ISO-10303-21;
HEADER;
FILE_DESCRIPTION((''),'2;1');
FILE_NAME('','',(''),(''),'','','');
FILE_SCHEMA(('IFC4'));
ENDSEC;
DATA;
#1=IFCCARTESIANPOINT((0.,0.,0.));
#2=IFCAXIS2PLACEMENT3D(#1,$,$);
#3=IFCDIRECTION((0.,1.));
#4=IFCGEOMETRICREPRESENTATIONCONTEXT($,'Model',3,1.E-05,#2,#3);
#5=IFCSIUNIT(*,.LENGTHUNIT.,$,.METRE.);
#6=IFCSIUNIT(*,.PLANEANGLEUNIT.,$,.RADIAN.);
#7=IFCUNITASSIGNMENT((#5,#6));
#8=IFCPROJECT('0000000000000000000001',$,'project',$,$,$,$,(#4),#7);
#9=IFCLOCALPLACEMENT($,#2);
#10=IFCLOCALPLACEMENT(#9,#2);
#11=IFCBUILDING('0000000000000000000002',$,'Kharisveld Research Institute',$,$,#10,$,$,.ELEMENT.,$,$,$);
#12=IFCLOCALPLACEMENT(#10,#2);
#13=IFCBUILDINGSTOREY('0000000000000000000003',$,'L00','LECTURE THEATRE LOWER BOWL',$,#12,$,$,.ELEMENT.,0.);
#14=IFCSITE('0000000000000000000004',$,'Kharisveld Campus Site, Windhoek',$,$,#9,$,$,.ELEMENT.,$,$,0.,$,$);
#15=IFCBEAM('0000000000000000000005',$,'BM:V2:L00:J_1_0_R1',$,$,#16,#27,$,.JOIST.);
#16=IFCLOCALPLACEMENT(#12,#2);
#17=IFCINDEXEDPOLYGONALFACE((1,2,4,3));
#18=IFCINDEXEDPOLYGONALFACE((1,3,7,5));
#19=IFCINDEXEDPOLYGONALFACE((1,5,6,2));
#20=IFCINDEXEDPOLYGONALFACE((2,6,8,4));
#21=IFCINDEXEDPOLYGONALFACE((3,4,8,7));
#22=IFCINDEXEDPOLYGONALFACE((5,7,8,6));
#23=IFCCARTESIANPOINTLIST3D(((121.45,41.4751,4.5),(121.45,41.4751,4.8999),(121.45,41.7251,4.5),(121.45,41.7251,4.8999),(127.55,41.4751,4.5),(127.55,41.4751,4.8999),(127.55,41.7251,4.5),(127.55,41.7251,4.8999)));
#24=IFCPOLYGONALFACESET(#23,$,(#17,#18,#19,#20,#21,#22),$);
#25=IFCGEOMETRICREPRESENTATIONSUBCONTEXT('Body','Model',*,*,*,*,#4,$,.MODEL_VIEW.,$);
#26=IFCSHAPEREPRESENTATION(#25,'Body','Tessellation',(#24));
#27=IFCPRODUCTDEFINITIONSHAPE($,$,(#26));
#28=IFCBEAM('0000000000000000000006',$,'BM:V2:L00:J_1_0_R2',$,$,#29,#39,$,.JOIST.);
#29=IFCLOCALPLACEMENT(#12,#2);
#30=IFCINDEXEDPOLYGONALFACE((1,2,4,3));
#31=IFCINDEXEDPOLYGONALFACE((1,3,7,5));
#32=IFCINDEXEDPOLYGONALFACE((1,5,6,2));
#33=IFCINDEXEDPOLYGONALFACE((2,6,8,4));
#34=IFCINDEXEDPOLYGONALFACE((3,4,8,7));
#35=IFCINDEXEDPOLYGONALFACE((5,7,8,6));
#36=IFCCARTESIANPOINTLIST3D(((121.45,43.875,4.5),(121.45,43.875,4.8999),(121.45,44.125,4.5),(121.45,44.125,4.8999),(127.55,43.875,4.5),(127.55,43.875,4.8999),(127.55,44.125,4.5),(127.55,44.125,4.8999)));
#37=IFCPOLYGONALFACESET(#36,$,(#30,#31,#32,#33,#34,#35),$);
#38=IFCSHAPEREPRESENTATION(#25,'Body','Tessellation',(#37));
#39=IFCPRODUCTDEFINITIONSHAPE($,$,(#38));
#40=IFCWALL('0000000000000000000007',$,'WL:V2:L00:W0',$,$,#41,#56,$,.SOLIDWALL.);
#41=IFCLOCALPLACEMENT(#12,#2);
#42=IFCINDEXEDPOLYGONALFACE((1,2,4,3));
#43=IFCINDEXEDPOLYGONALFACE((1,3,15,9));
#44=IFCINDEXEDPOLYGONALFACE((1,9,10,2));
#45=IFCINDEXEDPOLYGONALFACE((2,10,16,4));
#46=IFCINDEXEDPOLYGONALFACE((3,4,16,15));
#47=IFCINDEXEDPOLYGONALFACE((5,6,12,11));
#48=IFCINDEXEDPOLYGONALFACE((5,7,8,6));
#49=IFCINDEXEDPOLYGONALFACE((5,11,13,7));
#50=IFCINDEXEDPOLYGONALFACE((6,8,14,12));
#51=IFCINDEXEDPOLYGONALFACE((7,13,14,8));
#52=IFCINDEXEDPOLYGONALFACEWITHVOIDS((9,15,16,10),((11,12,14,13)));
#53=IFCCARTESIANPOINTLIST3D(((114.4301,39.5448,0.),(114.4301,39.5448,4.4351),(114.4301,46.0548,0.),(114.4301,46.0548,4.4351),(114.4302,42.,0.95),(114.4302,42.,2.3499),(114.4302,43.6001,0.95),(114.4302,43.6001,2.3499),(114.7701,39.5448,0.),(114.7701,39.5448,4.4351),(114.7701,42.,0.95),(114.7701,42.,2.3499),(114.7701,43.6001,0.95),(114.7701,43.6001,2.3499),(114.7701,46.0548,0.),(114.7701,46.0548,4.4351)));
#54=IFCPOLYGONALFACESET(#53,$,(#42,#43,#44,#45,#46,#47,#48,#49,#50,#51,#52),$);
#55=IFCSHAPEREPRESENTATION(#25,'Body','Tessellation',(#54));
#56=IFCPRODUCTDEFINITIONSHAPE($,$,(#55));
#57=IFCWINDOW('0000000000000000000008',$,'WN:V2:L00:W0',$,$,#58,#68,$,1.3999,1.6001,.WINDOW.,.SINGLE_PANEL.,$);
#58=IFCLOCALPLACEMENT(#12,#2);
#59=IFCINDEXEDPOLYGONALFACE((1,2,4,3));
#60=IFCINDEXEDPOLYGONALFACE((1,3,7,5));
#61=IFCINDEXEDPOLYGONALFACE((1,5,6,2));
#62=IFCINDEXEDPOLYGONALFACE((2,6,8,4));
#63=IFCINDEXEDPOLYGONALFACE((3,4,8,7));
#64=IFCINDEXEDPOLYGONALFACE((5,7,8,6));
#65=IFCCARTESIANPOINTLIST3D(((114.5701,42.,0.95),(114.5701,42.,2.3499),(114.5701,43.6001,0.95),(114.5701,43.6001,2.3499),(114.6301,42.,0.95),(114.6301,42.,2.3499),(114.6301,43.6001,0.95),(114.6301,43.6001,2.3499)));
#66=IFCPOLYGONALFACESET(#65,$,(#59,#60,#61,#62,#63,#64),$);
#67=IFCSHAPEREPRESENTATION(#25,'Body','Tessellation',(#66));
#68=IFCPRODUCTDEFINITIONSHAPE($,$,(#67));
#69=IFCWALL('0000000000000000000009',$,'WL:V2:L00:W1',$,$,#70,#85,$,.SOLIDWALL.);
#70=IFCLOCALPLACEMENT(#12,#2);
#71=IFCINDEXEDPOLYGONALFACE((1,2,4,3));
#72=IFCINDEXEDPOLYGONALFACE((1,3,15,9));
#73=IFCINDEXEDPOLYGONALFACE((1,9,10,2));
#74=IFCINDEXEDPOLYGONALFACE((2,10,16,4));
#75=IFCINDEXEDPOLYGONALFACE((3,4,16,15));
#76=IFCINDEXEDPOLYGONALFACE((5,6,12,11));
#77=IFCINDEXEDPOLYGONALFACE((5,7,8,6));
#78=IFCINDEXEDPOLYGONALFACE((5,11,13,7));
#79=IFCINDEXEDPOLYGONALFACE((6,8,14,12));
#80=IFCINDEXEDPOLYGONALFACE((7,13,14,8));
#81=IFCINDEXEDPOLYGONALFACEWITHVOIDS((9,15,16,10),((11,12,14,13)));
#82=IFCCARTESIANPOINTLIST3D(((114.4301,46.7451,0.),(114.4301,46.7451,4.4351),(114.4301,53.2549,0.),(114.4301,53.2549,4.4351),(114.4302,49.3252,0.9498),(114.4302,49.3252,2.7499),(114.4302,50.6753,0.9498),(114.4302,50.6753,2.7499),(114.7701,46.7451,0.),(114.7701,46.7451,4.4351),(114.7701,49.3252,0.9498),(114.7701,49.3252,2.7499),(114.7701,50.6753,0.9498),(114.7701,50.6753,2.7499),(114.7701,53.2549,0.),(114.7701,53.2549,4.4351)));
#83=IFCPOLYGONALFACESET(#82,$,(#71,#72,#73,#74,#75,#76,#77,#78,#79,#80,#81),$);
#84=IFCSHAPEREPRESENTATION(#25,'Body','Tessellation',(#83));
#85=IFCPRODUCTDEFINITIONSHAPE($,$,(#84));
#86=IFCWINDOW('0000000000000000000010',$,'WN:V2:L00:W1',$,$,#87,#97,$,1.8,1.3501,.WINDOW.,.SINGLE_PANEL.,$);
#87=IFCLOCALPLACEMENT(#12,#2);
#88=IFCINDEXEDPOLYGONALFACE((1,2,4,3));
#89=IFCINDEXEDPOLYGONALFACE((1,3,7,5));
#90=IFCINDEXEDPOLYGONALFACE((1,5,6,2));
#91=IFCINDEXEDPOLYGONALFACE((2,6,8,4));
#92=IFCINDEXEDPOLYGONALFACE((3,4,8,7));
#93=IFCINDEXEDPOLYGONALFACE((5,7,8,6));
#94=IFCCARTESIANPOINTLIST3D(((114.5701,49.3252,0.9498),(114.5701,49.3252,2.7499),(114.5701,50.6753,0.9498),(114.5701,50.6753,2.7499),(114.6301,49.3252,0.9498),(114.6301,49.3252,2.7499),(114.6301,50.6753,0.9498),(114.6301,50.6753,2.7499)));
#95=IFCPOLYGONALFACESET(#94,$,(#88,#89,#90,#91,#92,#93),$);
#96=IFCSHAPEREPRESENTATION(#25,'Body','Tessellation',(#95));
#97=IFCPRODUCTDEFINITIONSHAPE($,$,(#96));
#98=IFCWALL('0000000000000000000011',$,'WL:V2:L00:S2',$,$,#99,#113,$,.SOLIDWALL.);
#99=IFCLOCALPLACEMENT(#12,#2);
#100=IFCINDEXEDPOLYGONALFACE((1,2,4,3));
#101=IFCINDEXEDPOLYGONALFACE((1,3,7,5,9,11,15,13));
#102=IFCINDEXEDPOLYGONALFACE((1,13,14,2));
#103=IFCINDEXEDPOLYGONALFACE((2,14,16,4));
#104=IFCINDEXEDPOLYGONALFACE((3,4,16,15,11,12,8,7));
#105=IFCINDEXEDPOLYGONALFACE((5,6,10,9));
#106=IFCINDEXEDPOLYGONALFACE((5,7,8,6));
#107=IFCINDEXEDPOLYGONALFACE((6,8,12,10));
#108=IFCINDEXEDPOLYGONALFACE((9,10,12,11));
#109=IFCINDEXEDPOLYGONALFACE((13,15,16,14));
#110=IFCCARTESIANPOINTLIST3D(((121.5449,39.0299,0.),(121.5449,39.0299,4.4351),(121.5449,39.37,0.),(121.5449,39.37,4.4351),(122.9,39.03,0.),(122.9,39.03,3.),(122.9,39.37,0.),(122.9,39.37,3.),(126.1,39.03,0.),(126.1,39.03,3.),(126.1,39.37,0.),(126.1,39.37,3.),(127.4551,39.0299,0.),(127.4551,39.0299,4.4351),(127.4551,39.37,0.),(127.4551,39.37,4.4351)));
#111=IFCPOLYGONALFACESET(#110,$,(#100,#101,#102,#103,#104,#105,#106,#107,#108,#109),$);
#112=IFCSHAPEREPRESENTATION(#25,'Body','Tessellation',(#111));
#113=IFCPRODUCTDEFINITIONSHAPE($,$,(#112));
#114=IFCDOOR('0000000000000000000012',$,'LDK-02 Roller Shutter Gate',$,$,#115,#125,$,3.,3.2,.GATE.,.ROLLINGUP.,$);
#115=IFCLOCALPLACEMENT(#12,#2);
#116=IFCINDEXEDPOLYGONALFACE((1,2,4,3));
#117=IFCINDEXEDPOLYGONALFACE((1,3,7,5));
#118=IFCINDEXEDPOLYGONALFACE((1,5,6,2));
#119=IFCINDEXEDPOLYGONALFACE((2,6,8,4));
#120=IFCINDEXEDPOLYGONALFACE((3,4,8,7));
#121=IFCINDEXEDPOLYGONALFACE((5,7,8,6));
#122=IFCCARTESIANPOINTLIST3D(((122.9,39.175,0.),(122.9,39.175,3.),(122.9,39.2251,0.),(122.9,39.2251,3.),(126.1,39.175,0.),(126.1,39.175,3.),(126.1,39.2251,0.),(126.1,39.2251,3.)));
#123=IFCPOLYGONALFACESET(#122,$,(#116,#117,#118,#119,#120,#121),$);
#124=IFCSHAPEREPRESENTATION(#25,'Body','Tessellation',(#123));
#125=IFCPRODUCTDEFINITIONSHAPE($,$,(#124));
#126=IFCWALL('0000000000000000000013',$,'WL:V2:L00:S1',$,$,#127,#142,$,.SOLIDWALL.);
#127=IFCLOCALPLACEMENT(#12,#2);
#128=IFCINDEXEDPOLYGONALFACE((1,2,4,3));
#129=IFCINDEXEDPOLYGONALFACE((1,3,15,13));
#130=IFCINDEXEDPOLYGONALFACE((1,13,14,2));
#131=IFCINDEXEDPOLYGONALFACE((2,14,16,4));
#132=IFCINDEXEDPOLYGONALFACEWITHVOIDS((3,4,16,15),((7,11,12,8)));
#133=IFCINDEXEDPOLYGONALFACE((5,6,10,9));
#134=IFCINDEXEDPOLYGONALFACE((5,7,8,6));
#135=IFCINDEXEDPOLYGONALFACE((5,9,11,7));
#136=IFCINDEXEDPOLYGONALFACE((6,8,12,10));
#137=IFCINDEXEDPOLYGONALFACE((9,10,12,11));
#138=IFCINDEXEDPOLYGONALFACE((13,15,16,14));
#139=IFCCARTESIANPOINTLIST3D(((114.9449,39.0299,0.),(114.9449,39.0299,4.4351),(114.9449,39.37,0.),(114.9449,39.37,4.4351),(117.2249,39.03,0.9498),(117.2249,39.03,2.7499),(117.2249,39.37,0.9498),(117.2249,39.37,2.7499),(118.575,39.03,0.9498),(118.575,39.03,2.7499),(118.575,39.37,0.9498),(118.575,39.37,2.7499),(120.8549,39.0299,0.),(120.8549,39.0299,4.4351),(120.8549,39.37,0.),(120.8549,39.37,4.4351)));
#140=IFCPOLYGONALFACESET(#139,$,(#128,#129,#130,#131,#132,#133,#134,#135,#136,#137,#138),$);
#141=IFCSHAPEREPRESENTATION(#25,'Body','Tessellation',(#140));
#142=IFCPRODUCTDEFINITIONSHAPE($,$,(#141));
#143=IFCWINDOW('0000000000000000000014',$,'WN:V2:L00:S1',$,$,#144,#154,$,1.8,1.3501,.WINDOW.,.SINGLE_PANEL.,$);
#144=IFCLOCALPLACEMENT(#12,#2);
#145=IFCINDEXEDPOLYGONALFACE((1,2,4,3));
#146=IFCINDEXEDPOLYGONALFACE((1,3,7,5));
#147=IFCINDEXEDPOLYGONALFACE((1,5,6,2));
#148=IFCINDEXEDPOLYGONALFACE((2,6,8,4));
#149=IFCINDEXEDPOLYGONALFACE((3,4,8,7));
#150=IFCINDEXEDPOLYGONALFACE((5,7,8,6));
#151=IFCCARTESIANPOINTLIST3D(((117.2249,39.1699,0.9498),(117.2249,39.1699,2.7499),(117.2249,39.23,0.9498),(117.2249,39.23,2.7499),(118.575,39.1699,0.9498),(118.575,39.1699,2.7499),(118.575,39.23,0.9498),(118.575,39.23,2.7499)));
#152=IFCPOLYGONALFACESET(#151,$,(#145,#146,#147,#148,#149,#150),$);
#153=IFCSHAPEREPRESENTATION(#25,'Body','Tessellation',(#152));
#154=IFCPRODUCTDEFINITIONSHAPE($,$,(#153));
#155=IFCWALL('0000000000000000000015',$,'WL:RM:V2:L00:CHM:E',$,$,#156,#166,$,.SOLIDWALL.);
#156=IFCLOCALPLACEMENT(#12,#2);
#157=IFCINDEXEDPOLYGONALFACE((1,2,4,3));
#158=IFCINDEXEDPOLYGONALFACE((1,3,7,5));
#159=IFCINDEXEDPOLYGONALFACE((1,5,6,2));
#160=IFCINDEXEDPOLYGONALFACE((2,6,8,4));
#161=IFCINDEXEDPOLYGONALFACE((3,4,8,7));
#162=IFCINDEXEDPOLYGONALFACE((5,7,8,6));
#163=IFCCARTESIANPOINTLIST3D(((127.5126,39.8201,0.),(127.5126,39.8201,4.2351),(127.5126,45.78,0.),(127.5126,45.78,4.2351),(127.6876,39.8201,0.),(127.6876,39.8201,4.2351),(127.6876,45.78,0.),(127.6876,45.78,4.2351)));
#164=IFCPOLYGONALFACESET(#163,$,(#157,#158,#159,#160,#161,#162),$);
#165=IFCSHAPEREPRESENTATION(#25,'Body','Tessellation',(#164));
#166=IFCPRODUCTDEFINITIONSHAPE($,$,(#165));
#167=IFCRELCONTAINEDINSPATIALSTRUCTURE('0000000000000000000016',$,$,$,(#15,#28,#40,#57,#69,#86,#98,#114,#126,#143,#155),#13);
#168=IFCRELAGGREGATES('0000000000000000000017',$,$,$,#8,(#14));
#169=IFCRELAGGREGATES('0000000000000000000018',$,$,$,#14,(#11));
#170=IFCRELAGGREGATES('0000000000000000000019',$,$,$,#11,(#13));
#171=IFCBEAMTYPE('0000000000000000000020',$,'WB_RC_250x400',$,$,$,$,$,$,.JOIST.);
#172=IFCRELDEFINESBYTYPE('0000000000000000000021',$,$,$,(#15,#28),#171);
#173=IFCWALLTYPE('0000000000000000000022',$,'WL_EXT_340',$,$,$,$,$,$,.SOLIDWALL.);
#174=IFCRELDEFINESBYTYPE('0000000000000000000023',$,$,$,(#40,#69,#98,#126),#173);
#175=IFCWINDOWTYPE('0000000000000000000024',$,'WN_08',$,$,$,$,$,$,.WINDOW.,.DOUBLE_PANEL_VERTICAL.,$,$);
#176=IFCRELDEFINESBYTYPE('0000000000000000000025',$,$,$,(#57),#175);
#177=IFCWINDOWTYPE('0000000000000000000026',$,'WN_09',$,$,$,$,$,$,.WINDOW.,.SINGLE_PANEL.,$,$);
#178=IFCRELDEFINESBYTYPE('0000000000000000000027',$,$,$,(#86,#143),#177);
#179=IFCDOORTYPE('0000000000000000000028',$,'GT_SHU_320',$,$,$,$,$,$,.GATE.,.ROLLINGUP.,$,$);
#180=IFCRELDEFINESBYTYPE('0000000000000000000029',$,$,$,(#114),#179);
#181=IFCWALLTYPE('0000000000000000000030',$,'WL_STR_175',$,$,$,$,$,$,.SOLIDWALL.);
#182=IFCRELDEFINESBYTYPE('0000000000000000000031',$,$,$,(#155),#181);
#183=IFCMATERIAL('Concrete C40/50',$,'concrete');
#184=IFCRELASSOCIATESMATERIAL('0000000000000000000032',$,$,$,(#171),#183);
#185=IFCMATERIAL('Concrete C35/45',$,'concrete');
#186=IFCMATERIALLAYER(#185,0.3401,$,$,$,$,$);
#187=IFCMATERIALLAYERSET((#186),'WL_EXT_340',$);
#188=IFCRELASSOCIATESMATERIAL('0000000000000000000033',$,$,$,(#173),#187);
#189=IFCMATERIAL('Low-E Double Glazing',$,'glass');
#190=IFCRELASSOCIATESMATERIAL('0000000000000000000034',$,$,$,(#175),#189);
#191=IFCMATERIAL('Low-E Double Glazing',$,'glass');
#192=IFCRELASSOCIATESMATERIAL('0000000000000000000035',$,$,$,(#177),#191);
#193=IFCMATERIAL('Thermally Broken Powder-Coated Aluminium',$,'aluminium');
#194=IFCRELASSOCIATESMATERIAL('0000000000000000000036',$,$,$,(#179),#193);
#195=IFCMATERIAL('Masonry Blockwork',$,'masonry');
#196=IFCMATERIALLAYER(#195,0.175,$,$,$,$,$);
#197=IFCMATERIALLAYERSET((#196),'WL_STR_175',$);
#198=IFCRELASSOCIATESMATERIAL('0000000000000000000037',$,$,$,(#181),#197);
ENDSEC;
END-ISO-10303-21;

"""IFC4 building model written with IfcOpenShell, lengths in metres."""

from ifc_helpers import new_model, si_unit, direction, frame, frame_2d, origin, origin_2d, place, context, subcontext, project, spatial, rectangle, extrude, material, layer, layer_set, material_profile, profile_set, type_object, element, fill, save


model = new_model("IFC4")

# Units and contexts
model_context = context("Model", 3, precision=1e-05, world=origin(), true_north=direction((0.0, 1.0)))
body_context = subcontext(model_context, "Body", "Model", "MODEL_VIEW")
ifc_project = project(units=[si_unit("LENGTHUNIT", "METRE"), si_unit("PLANEANGLEUNIT", "RADIAN")], contexts=[model_context])

# Site, building, storey
site_placement = place(None, origin())
site = spatial("IfcSite", under=ifc_project, at=site_placement, Name="Kharisveld Campus Site, Windhoek", CompositionType="ELEMENT", RefElevation=0.0)
building_placement = place(site_placement, origin())
building = spatial("IfcBuilding", under=site, at=building_placement, Name="Kharisveld Research Institute", CompositionType="ELEMENT")
storey_placement = place(building_placement, origin())
storey = spatial("IfcBuildingStorey", under=building, at=storey_placement, Name="L00", Description="LECTURE THEATRE LOWER BOWL", CompositionType="ELEMENT", Elevation=0.0)

# Beams
ifc_material_1 = material(Name="Concrete C40/50", Category="concrete")
ifc_material_profile_1 = material_profile(ifc_material_1, rectangle(XDim=0.25, YDim=0.3999, at=origin_2d()))
ifc_profile_set_1 = profile_set([ifc_material_profile_1], Name="Concrete C40/50")
beam_type_1 = type_object("IfcBeamType", Name="WB_RC_250x400", PredefinedType="JOIST", material=ifc_profile_set_1)
for number, where, z_axis, x_axis, name in (
    (1, (121.45, 41.6001, 4.7), (1.0, 0.0, 0.0), (0.0, 1.0, 0.0), "BM:V2:L00:J_1_0_R1"),
    (2, (121.45, 44.0, 4.7), (1.0, 0.0, 0.0), (0.0, 1.0, 0.0), "BM:V2:L00:J_1_0_R2"),
):
    element("IfcBeam", number, at=place(storey_placement, frame(where, z_axis=z_axis, x_axis=x_axis)), inside=storey, type_object=beam_type_1, Name=name, PredefinedType="JOIST", context=body_context, shape_type="SweptSolid", body=[
        extrude(rectangle(XDim=0.25, YDim=0.3999, at=origin_2d()), origin(), (0.0, 0.0, 1.0), 6.1001),
    ])

# Walls, openings, windows
ifc_material_2 = material(Name="Concrete C35/45", Category="concrete")
ifc_layer_1 = layer(ifc_material_2, 0.3401)
ifc_layer_set_1 = layer_set([ifc_layer_1], Name="WL_EXT_340")
wall_type_1 = type_object("IfcWallType", Name="WL_EXT_340", PredefinedType="SOLIDWALL", material=ifc_layer_set_1)
wall_1_placement = place(storey_placement, frame((114.6001, 39.5449, 0.0), z_axis=(0.0, 0.0, 1.0), x_axis=(0.0, 1.0, 0.0)))
wall_1 = element("IfcWall", 3, at=wall_1_placement, inside=storey, type_object=wall_type_1, Name="WL:V2:L00:W0", PredefinedType="SOLIDWALL", context=body_context, shape_type="SweptSolid", body=[
    extrude(rectangle(XDim=6.51, YDim=0.3401, at=frame_2d((3.2549, 0.0))), origin(), (0.0, 0.0, 1.0), 4.4351),
])
opening_1_placement = place(wall_1_placement, frame((2.4551, 0.0, 0.95)))
opening_1 = element("IfcOpeningElement", 4, at=opening_1_placement, cuts=wall_1, PredefinedType="OPENING", context=body_context, shape_type="SweptSolid", body=[
    extrude(rectangle(XDim=1.6001, YDim=1.3999, at=frame_2d((0.8, 0.7))), frame((0.0, 0.1699, 0.0), z_axis=(0.0, -1.0, 0.0), x_axis=(1.0, 0.0, 0.0)), (0.0, 0.0, 1.0), 0.3401),
])
ifc_material_3 = material(Name="Low-E Double Glazing", Category="glass")
window_type_1 = type_object("IfcWindowType", Name="WN_08", PartitioningType="DOUBLE_PANEL_VERTICAL", PredefinedType="WINDOW", material=ifc_material_3)
window_1_placement = place(opening_1_placement, origin())
window_1 = element("IfcWindow", 5, at=window_1_placement, inside=storey, type_object=window_type_1, Name="WN:V2:L00:W0", OverallHeight=1.3999, OverallWidth=1.6001, PartitioningType="SINGLE_PANEL", PredefinedType="WINDOW", context=body_context, shape_type="SweptSolid", body=[
    extrude(rectangle(XDim=1.6001, YDim=1.3999, at=frame_2d((0.8, 0.7))), frame((0.0, 0.03, 0.0), z_axis=(0.0, -1.0, 0.0), x_axis=(1.0, 0.0, 0.0)), (0.0, 0.0, 1.0), 0.0601),
])
fill(opening_1, window_1)
wall_2_placement = place(storey_placement, frame((114.6001, 46.7451, 0.0), z_axis=(0.0, 0.0, 1.0), x_axis=(0.0, 1.0, 0.0)))
wall_2 = element("IfcWall", 6, at=wall_2_placement, inside=storey, type_object=wall_type_1, Name="WL:V2:L00:W1", PredefinedType="SOLIDWALL", context=body_context, shape_type="SweptSolid", body=[
    extrude(rectangle(XDim=6.5098, YDim=0.3401, at=frame_2d((3.2549, 0.0))), origin(), (0.0, 0.0, 1.0), 4.4351),
])
opening_2_placement = place(wall_2_placement, frame((2.5801, 0.0, 0.95)))
opening_2 = element("IfcOpeningElement", 7, at=opening_2_placement, cuts=wall_2, PredefinedType="OPENING", context=body_context, shape_type="SweptSolid", body=[
    extrude(rectangle(XDim=1.3501, YDim=1.8, at=frame_2d((0.675, 0.8999))), frame((0.0, 0.1699, 0.0), z_axis=(0.0, -1.0, 0.0), x_axis=(1.0, 0.0, 0.0)), (0.0, 0.0, 1.0), 0.3401),
])
ifc_material_4 = material(Name="Low-E Double Glazing", Category="glass")
window_type_2 = type_object("IfcWindowType", Name="WN_09", PartitioningType="SINGLE_PANEL", PredefinedType="WINDOW", material=ifc_material_4)
window_2_placement = place(opening_2_placement, origin())
window_2 = element("IfcWindow", 8, at=window_2_placement, inside=storey, type_object=window_type_2, Name="WN:V2:L00:W1", OverallHeight=1.8, OverallWidth=1.3501, PartitioningType="SINGLE_PANEL", PredefinedType="WINDOW", context=body_context, shape_type="SweptSolid", body=[
    extrude(rectangle(XDim=1.3501, YDim=1.8, at=frame_2d((0.675, 0.8999))), frame((0.0, 0.03, 0.0), z_axis=(0.0, -1.0, 0.0), x_axis=(1.0, 0.0, 0.0)), (0.0, 0.0, 1.0), 0.0601),
])
fill(opening_2, window_2)

# Wall, opening, door
wall_3_placement = place(storey_placement, frame((127.4551, 39.2, 0.0), z_axis=(0.0, 0.0, 1.0), x_axis=(-1.0, 0.0, 0.0)))
wall_3 = element("IfcWall", 9, at=wall_3_placement, inside=storey, type_object=wall_type_1, Name="WL:V2:L00:S2", PredefinedType="SOLIDWALL", context=body_context, shape_type="SweptSolid", body=[
    extrude(rectangle(XDim=5.9102, YDim=0.3401, at=frame_2d((2.9551, 0.0))), origin(), (0.0, 0.0, 1.0), 4.4351),
])
opening_3_placement = place(wall_3_placement, frame((1.355, 0.0, 0.0)))
opening_3 = element("IfcOpeningElement", 10, at=opening_3_placement, cuts=wall_3, PredefinedType="OPENING", context=body_context, shape_type="SweptSolid", body=[
    extrude(rectangle(XDim=3.2, YDim=3.0, at=frame_2d((1.6001, 1.5))), frame((0.0, 0.1699, 0.0), z_axis=(0.0, -1.0, 0.0), x_axis=(1.0, 0.0, 0.0)), (0.0, 0.0, 1.0), 0.3401),
])
ifc_material_5 = material(Name="Thermally Broken Powder-Coated Aluminium", Category="aluminium")
door_type_1 = type_object("IfcDoorType", Name="GT_SHU_320", OperationType="ROLLINGUP", PredefinedType="GATE", material=ifc_material_5)
door_1_placement = place(opening_3_placement, origin())
door_1 = element("IfcDoor", 11, at=door_1_placement, inside=storey, type_object=door_type_1, Name="LDK-02 Roller Shutter Gate", OperationType="ROLLINGUP", OverallHeight=3.0, OverallWidth=3.2, PredefinedType="GATE", context=body_context, shape_type="SweptSolid", body=[
    extrude(rectangle(XDim=3.2, YDim=3.0, at=frame_2d((1.6001, 1.5))), frame((0.0, 0.0249, 0.0), z_axis=(0.0, -1.0, 0.0), x_axis=(1.0, 0.0, 0.0)), (0.0, 0.0, 1.0), 0.05),
])
fill(opening_3, door_1)

# Wall, opening, window
wall_4_placement = place(storey_placement, frame((120.855, 39.2, 0.0), z_axis=(0.0, 0.0, 1.0), x_axis=(-1.0, 0.0, 0.0)))
wall_4 = element("IfcWall", 12, at=wall_4_placement, inside=storey, type_object=wall_type_1, Name="WL:V2:L00:S1", PredefinedType="SOLIDWALL", context=body_context, shape_type="SweptSolid", body=[
    extrude(rectangle(XDim=5.9099, YDim=0.3401, at=frame_2d((2.9551, 0.0))), origin(), (0.0, 0.0, 1.0), 4.4351),
])
opening_4_placement = place(wall_4_placement, frame((2.28, 0.0, 0.95)))
opening_4 = element("IfcOpeningElement", 13, at=opening_4_placement, cuts=wall_4, PredefinedType="OPENING", context=body_context, shape_type="SweptSolid", body=[
    extrude(rectangle(XDim=1.3501, YDim=1.8, at=frame_2d((0.675, 0.8999))), frame((0.0, 0.1699, 0.0), z_axis=(0.0, -1.0, 0.0), x_axis=(1.0, 0.0, 0.0)), (0.0, 0.0, 1.0), 0.3401),
])
window_3_placement = place(opening_4_placement, origin())
window_3 = element("IfcWindow", 14, at=window_3_placement, inside=storey, type_object=window_type_2, Name="WN:V2:L00:S1", OverallHeight=1.8, OverallWidth=1.3501, PartitioningType="SINGLE_PANEL", PredefinedType="WINDOW", context=body_context, shape_type="SweptSolid", body=[
    extrude(rectangle(XDim=1.3501, YDim=1.8, at=frame_2d((0.675, 0.8999))), frame((0.0, 0.03, 0.0), z_axis=(0.0, -1.0, 0.0), x_axis=(1.0, 0.0, 0.0)), (0.0, 0.0, 1.0), 0.0601),
])
fill(opening_4, window_3)

# Wall
ifc_material_6 = material(Name="Masonry Blockwork", Category="masonry")
ifc_layer_2 = layer(ifc_material_6, 0.175)
ifc_layer_set_2 = layer_set([ifc_layer_2], Name="WL_STR_175")
wall_type_2 = type_object("IfcWallType", Name="WL_STR_175", PredefinedType="SOLIDWALL", material=ifc_layer_set_2)
wall_5_placement = place(storey_placement, frame((127.6001, 39.8201, 0.0), z_axis=(0.0, 0.0, 1.0), x_axis=(0.0, 1.0, 0.0)))
element("IfcWall", 15, at=wall_5_placement, inside=storey, type_object=wall_type_2, Name="WL:RM:V2:L00:CHM:E", PredefinedType="SOLIDWALL", context=body_context, shape_type="SweptSolid", body=[
    extrude(rectangle(XDim=5.96, YDim=0.175, at=frame_2d((2.98, 0.0))), origin(), (0.0, 0.0, 1.0), 4.2351),
])

save(model, "model.ifc")
